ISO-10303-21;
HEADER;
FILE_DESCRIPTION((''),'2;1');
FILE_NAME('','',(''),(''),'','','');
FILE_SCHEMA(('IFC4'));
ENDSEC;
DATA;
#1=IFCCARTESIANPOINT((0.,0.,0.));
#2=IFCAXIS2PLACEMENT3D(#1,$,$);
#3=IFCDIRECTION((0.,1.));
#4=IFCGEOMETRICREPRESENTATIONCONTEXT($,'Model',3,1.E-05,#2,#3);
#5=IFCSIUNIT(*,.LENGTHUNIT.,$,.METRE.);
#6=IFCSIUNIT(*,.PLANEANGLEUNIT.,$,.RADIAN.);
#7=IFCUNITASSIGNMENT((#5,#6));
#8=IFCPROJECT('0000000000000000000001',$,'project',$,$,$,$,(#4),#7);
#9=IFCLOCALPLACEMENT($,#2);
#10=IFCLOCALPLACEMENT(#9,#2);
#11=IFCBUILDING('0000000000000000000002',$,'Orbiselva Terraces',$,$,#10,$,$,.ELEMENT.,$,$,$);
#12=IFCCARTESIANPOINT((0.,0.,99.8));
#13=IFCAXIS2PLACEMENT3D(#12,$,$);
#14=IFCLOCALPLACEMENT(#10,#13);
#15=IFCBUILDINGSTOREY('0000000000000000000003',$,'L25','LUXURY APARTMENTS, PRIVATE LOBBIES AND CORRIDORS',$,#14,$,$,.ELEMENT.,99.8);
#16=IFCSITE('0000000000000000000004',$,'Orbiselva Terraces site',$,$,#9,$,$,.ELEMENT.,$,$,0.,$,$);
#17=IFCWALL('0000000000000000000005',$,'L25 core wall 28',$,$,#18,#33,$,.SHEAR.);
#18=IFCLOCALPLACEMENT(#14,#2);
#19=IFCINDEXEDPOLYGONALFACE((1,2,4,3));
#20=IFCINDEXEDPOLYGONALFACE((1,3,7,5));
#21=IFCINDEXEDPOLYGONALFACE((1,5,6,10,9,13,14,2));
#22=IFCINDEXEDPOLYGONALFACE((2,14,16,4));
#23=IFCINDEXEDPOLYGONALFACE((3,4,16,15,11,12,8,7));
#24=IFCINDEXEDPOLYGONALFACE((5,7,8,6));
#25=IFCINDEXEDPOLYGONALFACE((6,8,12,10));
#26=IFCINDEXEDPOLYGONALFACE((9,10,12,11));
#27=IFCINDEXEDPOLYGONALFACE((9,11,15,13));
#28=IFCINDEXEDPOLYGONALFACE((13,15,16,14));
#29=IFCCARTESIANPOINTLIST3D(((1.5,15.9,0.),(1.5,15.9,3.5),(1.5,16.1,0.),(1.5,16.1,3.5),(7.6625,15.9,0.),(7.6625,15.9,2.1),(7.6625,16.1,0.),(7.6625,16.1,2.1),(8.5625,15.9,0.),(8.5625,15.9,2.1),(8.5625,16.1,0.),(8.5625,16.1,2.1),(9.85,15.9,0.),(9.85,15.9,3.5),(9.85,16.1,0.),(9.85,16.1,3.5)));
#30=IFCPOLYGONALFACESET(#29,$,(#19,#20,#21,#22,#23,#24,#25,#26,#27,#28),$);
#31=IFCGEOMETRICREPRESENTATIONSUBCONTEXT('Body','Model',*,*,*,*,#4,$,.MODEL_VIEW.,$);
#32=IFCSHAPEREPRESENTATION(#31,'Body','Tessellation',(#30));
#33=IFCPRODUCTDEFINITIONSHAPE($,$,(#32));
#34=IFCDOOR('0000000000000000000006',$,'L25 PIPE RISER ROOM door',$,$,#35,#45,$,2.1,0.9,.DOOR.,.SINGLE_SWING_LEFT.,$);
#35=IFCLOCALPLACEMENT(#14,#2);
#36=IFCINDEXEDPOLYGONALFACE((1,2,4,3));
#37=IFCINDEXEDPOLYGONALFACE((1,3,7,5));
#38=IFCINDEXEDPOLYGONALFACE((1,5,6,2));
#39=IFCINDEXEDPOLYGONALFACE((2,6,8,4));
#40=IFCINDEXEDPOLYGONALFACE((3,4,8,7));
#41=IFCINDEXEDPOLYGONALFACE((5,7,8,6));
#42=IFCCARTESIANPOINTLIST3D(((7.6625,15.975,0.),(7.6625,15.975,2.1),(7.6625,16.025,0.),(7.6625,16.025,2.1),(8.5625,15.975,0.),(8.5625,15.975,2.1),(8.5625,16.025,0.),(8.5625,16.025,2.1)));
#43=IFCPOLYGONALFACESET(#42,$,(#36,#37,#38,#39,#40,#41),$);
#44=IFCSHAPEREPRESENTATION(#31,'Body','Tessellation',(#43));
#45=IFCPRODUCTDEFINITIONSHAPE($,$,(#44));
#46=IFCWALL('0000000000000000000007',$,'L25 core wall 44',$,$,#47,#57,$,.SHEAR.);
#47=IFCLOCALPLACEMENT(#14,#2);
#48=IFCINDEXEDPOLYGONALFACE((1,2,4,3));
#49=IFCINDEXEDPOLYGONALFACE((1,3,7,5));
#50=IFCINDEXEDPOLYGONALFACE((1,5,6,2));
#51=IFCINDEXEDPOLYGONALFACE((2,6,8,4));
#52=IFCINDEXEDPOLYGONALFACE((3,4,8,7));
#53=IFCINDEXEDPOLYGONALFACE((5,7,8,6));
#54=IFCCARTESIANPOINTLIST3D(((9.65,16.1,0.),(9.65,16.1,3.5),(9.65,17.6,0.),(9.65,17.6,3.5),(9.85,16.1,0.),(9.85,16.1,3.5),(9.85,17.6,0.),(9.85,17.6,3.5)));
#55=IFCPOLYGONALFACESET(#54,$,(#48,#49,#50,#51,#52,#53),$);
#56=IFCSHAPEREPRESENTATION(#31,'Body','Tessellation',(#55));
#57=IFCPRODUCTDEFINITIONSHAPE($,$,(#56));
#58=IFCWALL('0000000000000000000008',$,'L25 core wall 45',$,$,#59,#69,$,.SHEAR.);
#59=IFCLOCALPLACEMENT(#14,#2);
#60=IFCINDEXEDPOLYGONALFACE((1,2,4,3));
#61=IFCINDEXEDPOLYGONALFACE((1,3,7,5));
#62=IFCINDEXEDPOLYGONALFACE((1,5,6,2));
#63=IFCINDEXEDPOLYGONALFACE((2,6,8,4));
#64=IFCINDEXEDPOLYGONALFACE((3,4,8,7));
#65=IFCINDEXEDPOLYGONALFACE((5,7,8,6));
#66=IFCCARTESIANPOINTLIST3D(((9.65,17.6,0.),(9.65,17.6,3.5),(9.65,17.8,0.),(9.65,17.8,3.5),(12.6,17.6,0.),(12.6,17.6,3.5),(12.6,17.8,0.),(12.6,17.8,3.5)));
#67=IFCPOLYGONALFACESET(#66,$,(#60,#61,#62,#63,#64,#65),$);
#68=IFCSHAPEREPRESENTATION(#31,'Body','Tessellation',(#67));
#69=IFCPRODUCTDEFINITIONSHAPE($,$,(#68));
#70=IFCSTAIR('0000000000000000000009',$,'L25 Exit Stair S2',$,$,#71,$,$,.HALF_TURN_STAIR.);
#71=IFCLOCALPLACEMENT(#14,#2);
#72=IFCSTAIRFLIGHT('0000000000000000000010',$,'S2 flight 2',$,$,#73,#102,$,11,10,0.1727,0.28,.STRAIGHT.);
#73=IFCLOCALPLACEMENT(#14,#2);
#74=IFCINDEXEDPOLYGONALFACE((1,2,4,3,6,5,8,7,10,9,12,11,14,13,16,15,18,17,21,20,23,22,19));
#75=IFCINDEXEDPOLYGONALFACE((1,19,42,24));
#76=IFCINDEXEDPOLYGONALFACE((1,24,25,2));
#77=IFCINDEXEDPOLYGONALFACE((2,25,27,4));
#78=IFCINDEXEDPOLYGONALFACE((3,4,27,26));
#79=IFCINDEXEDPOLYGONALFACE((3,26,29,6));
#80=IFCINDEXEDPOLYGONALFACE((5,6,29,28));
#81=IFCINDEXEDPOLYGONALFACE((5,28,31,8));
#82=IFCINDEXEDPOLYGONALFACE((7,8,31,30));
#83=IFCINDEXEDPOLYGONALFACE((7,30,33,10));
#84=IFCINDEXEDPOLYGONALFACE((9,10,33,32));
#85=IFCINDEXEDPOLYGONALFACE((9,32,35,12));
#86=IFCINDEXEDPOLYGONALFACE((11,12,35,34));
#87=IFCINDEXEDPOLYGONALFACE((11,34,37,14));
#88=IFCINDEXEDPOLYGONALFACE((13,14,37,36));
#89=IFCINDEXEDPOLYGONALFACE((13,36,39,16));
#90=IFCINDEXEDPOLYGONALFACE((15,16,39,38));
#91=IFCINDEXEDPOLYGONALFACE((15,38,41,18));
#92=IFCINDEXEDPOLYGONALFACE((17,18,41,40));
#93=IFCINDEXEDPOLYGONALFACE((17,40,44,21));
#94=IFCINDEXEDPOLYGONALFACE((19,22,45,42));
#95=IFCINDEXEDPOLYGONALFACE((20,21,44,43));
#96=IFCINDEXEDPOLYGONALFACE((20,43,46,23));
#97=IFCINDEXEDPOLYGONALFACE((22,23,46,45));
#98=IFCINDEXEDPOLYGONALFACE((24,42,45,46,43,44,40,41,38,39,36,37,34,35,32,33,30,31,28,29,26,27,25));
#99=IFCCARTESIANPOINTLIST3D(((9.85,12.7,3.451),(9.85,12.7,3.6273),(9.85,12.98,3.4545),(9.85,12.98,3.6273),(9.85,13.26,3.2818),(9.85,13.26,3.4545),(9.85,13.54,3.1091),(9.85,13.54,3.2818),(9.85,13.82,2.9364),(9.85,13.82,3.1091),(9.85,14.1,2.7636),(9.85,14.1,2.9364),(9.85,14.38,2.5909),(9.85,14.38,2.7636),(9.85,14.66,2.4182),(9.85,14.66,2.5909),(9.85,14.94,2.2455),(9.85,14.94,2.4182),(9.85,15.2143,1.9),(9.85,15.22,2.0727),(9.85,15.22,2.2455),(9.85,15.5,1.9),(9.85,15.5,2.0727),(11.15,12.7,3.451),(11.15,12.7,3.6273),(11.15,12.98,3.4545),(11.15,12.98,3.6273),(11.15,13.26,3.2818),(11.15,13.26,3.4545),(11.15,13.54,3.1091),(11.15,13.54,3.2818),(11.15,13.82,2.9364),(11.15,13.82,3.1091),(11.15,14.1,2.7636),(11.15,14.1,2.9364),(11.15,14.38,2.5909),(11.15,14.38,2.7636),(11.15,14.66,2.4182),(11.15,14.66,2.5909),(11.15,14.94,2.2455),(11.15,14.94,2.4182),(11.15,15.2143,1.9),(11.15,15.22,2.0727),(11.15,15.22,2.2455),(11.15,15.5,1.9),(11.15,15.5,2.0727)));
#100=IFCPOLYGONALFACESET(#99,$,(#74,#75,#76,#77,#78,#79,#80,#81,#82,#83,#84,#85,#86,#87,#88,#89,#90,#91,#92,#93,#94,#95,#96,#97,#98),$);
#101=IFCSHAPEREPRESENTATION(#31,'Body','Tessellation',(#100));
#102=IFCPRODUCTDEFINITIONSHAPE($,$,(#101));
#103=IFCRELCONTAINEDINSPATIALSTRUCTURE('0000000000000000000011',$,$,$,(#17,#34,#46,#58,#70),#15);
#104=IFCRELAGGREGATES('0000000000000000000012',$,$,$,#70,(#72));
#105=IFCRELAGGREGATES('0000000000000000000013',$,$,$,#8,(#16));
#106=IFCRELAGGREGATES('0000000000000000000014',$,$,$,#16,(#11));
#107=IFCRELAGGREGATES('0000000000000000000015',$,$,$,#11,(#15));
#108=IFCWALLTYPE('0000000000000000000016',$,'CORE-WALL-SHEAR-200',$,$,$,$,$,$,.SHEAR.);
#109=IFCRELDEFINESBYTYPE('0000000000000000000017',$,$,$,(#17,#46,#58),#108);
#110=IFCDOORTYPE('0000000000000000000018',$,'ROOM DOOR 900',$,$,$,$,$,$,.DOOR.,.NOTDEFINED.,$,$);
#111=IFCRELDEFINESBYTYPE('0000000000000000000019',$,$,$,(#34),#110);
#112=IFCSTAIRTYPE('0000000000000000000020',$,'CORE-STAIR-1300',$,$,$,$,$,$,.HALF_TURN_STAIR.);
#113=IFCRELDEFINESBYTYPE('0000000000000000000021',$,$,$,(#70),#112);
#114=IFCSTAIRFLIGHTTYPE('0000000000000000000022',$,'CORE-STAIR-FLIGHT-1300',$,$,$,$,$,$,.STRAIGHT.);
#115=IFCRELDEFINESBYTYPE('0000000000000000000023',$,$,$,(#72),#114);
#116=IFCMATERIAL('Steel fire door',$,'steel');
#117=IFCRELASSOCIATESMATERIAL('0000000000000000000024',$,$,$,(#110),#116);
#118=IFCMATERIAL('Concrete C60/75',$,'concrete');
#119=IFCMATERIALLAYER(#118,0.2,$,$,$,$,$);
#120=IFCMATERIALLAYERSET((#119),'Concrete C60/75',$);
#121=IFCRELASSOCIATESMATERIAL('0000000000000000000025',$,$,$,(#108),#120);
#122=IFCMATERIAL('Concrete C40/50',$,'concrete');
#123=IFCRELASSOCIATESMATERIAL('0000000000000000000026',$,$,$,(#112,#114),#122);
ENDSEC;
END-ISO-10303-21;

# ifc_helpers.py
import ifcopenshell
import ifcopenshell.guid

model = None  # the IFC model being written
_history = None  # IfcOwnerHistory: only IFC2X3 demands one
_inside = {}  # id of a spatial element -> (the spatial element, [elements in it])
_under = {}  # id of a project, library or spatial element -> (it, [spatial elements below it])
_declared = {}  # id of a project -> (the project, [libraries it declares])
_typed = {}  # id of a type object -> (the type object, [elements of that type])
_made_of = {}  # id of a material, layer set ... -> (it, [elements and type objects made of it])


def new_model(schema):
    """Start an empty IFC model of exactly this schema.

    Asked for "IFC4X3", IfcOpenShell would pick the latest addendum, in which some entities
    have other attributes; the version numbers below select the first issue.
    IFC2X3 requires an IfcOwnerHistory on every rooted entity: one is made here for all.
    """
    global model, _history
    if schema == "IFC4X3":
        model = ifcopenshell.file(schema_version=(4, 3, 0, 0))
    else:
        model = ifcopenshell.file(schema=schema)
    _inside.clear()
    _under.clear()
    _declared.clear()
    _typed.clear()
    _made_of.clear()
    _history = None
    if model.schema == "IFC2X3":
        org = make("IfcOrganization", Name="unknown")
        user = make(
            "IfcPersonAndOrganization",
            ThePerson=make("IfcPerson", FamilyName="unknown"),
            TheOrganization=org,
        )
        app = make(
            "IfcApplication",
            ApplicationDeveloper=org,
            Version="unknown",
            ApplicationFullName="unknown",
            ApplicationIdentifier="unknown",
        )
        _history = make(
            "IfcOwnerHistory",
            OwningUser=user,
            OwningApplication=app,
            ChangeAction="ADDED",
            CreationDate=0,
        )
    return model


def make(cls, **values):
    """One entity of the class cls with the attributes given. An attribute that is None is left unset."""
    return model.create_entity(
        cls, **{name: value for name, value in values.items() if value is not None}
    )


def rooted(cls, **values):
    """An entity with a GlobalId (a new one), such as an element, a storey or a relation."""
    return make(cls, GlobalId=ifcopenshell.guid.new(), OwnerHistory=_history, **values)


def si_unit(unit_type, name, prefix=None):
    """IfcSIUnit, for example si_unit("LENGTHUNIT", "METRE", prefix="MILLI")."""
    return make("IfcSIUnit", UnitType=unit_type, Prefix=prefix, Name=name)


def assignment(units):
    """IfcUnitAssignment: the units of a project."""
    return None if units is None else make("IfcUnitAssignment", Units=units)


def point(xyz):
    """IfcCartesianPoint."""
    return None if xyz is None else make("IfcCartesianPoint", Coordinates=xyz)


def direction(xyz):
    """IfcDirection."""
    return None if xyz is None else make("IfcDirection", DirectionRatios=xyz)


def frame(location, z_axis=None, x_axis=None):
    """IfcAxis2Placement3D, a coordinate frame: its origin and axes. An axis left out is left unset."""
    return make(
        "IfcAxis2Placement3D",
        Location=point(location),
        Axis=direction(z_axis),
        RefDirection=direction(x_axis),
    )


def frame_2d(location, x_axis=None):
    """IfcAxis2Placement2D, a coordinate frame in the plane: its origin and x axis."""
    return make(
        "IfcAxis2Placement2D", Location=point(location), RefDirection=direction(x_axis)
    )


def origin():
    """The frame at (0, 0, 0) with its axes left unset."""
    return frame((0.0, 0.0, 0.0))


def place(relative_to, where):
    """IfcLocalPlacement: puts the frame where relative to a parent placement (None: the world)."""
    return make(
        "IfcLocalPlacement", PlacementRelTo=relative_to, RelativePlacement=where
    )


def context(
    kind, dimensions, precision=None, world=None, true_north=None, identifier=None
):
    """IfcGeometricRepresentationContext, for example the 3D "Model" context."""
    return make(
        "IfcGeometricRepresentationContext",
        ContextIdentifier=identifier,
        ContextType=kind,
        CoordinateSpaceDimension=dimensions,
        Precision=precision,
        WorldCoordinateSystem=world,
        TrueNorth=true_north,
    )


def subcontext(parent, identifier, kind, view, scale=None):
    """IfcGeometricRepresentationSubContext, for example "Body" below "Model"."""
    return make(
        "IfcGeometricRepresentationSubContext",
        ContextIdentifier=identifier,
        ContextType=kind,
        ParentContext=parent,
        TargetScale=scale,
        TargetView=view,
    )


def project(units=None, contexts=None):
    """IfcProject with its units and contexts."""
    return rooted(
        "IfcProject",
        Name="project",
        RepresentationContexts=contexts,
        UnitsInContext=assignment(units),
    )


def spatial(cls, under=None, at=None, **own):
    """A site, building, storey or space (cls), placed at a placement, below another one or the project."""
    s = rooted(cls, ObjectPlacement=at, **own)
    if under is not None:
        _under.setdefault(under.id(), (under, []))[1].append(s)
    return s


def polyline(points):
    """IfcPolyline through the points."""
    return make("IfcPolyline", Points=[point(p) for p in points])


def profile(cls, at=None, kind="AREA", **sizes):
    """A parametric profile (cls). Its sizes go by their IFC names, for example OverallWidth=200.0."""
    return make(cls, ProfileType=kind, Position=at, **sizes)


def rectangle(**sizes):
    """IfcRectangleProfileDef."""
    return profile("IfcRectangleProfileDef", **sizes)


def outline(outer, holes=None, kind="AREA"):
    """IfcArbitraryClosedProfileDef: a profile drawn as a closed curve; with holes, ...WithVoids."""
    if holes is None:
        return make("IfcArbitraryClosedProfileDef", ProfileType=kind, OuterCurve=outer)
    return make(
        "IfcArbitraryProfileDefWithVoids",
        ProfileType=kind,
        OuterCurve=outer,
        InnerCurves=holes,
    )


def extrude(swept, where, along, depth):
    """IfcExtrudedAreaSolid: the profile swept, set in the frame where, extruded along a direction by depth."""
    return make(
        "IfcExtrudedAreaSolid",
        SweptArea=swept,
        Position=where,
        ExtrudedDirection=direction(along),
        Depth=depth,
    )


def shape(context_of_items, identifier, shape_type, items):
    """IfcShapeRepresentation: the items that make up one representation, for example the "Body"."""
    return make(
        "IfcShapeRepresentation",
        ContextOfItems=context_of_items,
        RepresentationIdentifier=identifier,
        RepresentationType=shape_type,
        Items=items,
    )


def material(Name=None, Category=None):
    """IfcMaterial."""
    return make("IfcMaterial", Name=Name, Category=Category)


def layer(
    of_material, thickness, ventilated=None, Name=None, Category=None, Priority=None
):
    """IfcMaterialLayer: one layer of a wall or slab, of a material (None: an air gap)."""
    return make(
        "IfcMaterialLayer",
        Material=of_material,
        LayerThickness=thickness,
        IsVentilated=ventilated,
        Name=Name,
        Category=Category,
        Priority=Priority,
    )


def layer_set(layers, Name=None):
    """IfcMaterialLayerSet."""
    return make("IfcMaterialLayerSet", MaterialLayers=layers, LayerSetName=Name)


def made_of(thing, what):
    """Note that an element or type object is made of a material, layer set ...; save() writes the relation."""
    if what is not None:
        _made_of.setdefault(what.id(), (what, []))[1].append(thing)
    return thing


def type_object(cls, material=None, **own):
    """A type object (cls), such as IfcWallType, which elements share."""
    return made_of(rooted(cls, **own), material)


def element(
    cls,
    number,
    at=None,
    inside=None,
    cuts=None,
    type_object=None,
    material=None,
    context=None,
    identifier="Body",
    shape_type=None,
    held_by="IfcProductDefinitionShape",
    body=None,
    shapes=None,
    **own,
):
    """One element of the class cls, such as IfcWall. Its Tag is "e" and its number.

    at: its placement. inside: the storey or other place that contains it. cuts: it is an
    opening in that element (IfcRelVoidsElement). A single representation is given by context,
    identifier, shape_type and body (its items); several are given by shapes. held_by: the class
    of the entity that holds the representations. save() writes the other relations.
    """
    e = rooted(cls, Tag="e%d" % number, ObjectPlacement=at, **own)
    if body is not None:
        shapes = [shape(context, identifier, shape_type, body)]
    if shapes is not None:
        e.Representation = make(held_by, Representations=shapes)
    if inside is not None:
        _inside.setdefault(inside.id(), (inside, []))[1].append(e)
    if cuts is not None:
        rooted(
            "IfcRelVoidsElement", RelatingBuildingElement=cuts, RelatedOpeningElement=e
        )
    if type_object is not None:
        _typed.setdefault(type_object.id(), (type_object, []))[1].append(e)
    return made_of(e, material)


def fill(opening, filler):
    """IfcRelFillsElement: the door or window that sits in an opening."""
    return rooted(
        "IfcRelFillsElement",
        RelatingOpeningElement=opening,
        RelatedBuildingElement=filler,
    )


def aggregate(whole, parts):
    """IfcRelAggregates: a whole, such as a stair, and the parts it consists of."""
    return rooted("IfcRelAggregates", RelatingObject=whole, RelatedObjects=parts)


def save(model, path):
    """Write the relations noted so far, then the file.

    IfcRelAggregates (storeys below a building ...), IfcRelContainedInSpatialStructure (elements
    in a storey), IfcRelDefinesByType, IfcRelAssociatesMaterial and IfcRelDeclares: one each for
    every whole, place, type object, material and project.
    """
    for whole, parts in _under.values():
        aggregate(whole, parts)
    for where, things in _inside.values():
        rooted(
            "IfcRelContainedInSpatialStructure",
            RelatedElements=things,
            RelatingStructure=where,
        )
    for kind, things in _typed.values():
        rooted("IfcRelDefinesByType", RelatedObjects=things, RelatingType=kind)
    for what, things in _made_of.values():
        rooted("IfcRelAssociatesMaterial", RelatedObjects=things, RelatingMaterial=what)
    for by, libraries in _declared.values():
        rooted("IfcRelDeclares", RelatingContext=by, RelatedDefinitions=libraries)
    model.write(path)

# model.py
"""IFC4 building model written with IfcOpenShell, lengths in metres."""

from ifc_helpers import new_model, si_unit, direction, frame, frame_2d, origin, place, context, subcontext, project, spatial, polyline, rectangle, outline, extrude, material, layer, layer_set, type_object, element, fill, aggregate, save


model = new_model("IFC4")

# Units and contexts
model_context = context("Model", 3, precision=1e-05, world=origin(), true_north=direction((0.0, 1.0)))
body_context = subcontext(model_context, "Body", "Model", "MODEL_VIEW")
ifc_project = project(units=[si_unit("LENGTHUNIT", "METRE"), si_unit("PLANEANGLEUNIT", "RADIAN")], contexts=[model_context])

# Site, building, storey
site_placement = place(None, origin())
site = spatial("IfcSite", under=ifc_project, at=site_placement, Name="Orbiselva Terraces site", CompositionType="ELEMENT", RefElevation=0.0)
building_placement = place(site_placement, origin())
building = spatial("IfcBuilding", under=site, at=building_placement, Name="Orbiselva Terraces", CompositionType="ELEMENT")
storey_placement = place(building_placement, frame((0.0, 0.0, 99.8)))
storey = spatial("IfcBuildingStorey", under=building, at=storey_placement, Name="L25", Description="LUXURY APARTMENTS, PRIVATE LOBBIES AND CORRIDORS", CompositionType="ELEMENT", Elevation=99.8)

# Shared definitions
ifc_material_1 = material(Name="Steel fire door", Category="steel")
door_type = type_object("IfcDoorType", Name="ROOM DOOR 900", OperationType="NOTDEFINED", PredefinedType="DOOR", material=ifc_material_1)

# Shared definitions
ifc_material_2 = material(Name="Concrete C40/50", Category="concrete")
ifc_material_3 = material(Name="Concrete C60/75", Category="concrete")
ifc_layer_1 = layer(ifc_material_3, 0.2)
ifc_layer_set_1 = layer_set([ifc_layer_1], Name="Concrete C60/75")
wall_type_1 = type_object("IfcWallType", Name="CORE-WALL-SHEAR-200", PredefinedType="SHEAR", material=ifc_layer_set_1)

# Wall, opening, door
wall_1_placement = place(storey_placement, frame((9.85, 16.0, 0.0), z_axis=(0.0, 0.0, 1.0), x_axis=(-1.0, 0.0, 0.0)))
wall_1 = element("IfcWall", 1, at=wall_1_placement, inside=storey, type_object=wall_type_1, Name="L25 core wall 28", PredefinedType="SHEAR", context=body_context, shape_type="SweptSolid", body=[
    extrude(rectangle(XDim=8.35, YDim=0.2, at=frame_2d((4.175, 0.0))), origin(), (0.0, 0.0, 1.0), 3.5),
])
opening_1_placement = place(wall_1_placement, frame((1.2875, 0.0, 0.0)))
opening_1 = element("IfcOpeningElement", 2, at=opening_1_placement, cuts=wall_1, PredefinedType="OPENING", context=body_context, shape_type="SweptSolid", body=[
    extrude(rectangle(XDim=0.9, YDim=2.1, at=frame_2d((0.45, 1.05))), frame((0.0, 0.11, 0.0), z_axis=(0.0, -1.0, 0.0), x_axis=(1.0, 0.0, 0.0)), (0.0, 0.0, 1.0), 0.22),
])
door_1_placement = place(opening_1_placement, origin())
door_1 = element("IfcDoor", 3, at=door_1_placement, inside=storey, type_object=door_type, Name="L25 PIPE RISER ROOM door", OperationType="SINGLE_SWING_LEFT", OverallHeight=2.1, OverallWidth=0.9, PredefinedType="DOOR", context=body_context, shape_type="SweptSolid", body=[
    extrude(rectangle(XDim=0.9, YDim=2.1, at=frame_2d((0.45, 1.05))), frame((0.0, 0.025, 0.0), z_axis=(0.0, -1.0, 0.0), x_axis=(1.0, 0.0, 0.0)), (0.0, 0.0, 1.0), 0.05),
])
fill(opening_1, door_1)

# Walls
wall_2_placement = place(storey_placement, frame((9.75, 16.1, 0.0), z_axis=(0.0, 0.0, 1.0), x_axis=(0.0, 1.0, 0.0)))
element("IfcWall", 4, at=wall_2_placement, inside=storey, type_object=wall_type_1, Name="L25 core wall 44", PredefinedType="SHEAR", context=body_context, shape_type="SweptSolid", body=[
    extrude(rectangle(XDim=1.5, YDim=0.2, at=frame_2d((0.75, 0.0))), origin(), (0.0, 0.0, 1.0), 3.5),
])
wall_3_placement = place(storey_placement, frame((9.65, 17.7, 0.0), z_axis=(0.0, 0.0, 1.0), x_axis=(1.0, 0.0, 0.0)))
element("IfcWall", 5, at=wall_3_placement, inside=storey, type_object=wall_type_1, Name="L25 core wall 45", PredefinedType="SHEAR", context=body_context, shape_type="SweptSolid", body=[
    extrude(rectangle(XDim=2.95, YDim=0.2, at=frame_2d((1.475, 0.0))), origin(), (0.0, 0.0, 1.0), 3.5),
])

# Stair, stair flight
stair_type = type_object("IfcStairType", Name="CORE-STAIR-1300", PredefinedType="HALF_TURN_STAIR", material=ifc_material_2)
stair_placement = place(storey_placement, origin())
stair = element("IfcStair", 6, at=stair_placement, inside=storey, type_object=stair_type, Name="L25 Exit Stair S2", PredefinedType="HALF_TURN_STAIR")
stair_flight_type = type_object("IfcStairFlightType", Name="CORE-STAIR-FLIGHT-1300", PredefinedType="STRAIGHT", material=ifc_material_2)
stair_flight_placement = place(storey_placement, frame((10.5, 15.5, 1.9), z_axis=(0.0, 0.0, 1.0), x_axis=(0.0, -1.0, 0.0)))
stair_flight = element("IfcStairFlight", 7, at=stair_flight_placement, type_object=stair_flight_type, Name="S2 flight 2", NumberOfRisers=11, NumberOfTreads=10, PredefinedType="STRAIGHT", RiserHeight=0.1727, TreadLength=0.28, context=body_context, shape_type="SweptSolid", body=[
    extrude(outline(polyline([(0.0, 0.0), (0.0, 0.1727), (0.28, 0.1727), (0.28, 0.3455), (0.56, 0.3455), (0.56, 0.5182), (0.84, 0.5182), (0.84, 0.6909), (1.12, 0.6909), (1.12, 0.8636), (1.4, 0.8636), (1.4, 1.0364), (1.68, 1.0364), (1.68, 1.2091), (1.96, 1.2091), (1.96, 1.3818), (2.24, 1.3818), (2.24, 1.5545), (2.52, 1.5545), (2.52, 1.7273), (2.8, 1.7273), (2.8, 1.9), (2.8, 1.551), (0.2857, 0.0), (0.0, 0.0)])), frame((0.0, 0.65, 0.0), z_axis=(0.0, -1.0, 0.0), x_axis=(1.0, 0.0, 0.0)), (0.0, 0.0, 1.0), 1.3),
])
aggregate(stair, [stair_flight])

save(model, "model.ifc")
